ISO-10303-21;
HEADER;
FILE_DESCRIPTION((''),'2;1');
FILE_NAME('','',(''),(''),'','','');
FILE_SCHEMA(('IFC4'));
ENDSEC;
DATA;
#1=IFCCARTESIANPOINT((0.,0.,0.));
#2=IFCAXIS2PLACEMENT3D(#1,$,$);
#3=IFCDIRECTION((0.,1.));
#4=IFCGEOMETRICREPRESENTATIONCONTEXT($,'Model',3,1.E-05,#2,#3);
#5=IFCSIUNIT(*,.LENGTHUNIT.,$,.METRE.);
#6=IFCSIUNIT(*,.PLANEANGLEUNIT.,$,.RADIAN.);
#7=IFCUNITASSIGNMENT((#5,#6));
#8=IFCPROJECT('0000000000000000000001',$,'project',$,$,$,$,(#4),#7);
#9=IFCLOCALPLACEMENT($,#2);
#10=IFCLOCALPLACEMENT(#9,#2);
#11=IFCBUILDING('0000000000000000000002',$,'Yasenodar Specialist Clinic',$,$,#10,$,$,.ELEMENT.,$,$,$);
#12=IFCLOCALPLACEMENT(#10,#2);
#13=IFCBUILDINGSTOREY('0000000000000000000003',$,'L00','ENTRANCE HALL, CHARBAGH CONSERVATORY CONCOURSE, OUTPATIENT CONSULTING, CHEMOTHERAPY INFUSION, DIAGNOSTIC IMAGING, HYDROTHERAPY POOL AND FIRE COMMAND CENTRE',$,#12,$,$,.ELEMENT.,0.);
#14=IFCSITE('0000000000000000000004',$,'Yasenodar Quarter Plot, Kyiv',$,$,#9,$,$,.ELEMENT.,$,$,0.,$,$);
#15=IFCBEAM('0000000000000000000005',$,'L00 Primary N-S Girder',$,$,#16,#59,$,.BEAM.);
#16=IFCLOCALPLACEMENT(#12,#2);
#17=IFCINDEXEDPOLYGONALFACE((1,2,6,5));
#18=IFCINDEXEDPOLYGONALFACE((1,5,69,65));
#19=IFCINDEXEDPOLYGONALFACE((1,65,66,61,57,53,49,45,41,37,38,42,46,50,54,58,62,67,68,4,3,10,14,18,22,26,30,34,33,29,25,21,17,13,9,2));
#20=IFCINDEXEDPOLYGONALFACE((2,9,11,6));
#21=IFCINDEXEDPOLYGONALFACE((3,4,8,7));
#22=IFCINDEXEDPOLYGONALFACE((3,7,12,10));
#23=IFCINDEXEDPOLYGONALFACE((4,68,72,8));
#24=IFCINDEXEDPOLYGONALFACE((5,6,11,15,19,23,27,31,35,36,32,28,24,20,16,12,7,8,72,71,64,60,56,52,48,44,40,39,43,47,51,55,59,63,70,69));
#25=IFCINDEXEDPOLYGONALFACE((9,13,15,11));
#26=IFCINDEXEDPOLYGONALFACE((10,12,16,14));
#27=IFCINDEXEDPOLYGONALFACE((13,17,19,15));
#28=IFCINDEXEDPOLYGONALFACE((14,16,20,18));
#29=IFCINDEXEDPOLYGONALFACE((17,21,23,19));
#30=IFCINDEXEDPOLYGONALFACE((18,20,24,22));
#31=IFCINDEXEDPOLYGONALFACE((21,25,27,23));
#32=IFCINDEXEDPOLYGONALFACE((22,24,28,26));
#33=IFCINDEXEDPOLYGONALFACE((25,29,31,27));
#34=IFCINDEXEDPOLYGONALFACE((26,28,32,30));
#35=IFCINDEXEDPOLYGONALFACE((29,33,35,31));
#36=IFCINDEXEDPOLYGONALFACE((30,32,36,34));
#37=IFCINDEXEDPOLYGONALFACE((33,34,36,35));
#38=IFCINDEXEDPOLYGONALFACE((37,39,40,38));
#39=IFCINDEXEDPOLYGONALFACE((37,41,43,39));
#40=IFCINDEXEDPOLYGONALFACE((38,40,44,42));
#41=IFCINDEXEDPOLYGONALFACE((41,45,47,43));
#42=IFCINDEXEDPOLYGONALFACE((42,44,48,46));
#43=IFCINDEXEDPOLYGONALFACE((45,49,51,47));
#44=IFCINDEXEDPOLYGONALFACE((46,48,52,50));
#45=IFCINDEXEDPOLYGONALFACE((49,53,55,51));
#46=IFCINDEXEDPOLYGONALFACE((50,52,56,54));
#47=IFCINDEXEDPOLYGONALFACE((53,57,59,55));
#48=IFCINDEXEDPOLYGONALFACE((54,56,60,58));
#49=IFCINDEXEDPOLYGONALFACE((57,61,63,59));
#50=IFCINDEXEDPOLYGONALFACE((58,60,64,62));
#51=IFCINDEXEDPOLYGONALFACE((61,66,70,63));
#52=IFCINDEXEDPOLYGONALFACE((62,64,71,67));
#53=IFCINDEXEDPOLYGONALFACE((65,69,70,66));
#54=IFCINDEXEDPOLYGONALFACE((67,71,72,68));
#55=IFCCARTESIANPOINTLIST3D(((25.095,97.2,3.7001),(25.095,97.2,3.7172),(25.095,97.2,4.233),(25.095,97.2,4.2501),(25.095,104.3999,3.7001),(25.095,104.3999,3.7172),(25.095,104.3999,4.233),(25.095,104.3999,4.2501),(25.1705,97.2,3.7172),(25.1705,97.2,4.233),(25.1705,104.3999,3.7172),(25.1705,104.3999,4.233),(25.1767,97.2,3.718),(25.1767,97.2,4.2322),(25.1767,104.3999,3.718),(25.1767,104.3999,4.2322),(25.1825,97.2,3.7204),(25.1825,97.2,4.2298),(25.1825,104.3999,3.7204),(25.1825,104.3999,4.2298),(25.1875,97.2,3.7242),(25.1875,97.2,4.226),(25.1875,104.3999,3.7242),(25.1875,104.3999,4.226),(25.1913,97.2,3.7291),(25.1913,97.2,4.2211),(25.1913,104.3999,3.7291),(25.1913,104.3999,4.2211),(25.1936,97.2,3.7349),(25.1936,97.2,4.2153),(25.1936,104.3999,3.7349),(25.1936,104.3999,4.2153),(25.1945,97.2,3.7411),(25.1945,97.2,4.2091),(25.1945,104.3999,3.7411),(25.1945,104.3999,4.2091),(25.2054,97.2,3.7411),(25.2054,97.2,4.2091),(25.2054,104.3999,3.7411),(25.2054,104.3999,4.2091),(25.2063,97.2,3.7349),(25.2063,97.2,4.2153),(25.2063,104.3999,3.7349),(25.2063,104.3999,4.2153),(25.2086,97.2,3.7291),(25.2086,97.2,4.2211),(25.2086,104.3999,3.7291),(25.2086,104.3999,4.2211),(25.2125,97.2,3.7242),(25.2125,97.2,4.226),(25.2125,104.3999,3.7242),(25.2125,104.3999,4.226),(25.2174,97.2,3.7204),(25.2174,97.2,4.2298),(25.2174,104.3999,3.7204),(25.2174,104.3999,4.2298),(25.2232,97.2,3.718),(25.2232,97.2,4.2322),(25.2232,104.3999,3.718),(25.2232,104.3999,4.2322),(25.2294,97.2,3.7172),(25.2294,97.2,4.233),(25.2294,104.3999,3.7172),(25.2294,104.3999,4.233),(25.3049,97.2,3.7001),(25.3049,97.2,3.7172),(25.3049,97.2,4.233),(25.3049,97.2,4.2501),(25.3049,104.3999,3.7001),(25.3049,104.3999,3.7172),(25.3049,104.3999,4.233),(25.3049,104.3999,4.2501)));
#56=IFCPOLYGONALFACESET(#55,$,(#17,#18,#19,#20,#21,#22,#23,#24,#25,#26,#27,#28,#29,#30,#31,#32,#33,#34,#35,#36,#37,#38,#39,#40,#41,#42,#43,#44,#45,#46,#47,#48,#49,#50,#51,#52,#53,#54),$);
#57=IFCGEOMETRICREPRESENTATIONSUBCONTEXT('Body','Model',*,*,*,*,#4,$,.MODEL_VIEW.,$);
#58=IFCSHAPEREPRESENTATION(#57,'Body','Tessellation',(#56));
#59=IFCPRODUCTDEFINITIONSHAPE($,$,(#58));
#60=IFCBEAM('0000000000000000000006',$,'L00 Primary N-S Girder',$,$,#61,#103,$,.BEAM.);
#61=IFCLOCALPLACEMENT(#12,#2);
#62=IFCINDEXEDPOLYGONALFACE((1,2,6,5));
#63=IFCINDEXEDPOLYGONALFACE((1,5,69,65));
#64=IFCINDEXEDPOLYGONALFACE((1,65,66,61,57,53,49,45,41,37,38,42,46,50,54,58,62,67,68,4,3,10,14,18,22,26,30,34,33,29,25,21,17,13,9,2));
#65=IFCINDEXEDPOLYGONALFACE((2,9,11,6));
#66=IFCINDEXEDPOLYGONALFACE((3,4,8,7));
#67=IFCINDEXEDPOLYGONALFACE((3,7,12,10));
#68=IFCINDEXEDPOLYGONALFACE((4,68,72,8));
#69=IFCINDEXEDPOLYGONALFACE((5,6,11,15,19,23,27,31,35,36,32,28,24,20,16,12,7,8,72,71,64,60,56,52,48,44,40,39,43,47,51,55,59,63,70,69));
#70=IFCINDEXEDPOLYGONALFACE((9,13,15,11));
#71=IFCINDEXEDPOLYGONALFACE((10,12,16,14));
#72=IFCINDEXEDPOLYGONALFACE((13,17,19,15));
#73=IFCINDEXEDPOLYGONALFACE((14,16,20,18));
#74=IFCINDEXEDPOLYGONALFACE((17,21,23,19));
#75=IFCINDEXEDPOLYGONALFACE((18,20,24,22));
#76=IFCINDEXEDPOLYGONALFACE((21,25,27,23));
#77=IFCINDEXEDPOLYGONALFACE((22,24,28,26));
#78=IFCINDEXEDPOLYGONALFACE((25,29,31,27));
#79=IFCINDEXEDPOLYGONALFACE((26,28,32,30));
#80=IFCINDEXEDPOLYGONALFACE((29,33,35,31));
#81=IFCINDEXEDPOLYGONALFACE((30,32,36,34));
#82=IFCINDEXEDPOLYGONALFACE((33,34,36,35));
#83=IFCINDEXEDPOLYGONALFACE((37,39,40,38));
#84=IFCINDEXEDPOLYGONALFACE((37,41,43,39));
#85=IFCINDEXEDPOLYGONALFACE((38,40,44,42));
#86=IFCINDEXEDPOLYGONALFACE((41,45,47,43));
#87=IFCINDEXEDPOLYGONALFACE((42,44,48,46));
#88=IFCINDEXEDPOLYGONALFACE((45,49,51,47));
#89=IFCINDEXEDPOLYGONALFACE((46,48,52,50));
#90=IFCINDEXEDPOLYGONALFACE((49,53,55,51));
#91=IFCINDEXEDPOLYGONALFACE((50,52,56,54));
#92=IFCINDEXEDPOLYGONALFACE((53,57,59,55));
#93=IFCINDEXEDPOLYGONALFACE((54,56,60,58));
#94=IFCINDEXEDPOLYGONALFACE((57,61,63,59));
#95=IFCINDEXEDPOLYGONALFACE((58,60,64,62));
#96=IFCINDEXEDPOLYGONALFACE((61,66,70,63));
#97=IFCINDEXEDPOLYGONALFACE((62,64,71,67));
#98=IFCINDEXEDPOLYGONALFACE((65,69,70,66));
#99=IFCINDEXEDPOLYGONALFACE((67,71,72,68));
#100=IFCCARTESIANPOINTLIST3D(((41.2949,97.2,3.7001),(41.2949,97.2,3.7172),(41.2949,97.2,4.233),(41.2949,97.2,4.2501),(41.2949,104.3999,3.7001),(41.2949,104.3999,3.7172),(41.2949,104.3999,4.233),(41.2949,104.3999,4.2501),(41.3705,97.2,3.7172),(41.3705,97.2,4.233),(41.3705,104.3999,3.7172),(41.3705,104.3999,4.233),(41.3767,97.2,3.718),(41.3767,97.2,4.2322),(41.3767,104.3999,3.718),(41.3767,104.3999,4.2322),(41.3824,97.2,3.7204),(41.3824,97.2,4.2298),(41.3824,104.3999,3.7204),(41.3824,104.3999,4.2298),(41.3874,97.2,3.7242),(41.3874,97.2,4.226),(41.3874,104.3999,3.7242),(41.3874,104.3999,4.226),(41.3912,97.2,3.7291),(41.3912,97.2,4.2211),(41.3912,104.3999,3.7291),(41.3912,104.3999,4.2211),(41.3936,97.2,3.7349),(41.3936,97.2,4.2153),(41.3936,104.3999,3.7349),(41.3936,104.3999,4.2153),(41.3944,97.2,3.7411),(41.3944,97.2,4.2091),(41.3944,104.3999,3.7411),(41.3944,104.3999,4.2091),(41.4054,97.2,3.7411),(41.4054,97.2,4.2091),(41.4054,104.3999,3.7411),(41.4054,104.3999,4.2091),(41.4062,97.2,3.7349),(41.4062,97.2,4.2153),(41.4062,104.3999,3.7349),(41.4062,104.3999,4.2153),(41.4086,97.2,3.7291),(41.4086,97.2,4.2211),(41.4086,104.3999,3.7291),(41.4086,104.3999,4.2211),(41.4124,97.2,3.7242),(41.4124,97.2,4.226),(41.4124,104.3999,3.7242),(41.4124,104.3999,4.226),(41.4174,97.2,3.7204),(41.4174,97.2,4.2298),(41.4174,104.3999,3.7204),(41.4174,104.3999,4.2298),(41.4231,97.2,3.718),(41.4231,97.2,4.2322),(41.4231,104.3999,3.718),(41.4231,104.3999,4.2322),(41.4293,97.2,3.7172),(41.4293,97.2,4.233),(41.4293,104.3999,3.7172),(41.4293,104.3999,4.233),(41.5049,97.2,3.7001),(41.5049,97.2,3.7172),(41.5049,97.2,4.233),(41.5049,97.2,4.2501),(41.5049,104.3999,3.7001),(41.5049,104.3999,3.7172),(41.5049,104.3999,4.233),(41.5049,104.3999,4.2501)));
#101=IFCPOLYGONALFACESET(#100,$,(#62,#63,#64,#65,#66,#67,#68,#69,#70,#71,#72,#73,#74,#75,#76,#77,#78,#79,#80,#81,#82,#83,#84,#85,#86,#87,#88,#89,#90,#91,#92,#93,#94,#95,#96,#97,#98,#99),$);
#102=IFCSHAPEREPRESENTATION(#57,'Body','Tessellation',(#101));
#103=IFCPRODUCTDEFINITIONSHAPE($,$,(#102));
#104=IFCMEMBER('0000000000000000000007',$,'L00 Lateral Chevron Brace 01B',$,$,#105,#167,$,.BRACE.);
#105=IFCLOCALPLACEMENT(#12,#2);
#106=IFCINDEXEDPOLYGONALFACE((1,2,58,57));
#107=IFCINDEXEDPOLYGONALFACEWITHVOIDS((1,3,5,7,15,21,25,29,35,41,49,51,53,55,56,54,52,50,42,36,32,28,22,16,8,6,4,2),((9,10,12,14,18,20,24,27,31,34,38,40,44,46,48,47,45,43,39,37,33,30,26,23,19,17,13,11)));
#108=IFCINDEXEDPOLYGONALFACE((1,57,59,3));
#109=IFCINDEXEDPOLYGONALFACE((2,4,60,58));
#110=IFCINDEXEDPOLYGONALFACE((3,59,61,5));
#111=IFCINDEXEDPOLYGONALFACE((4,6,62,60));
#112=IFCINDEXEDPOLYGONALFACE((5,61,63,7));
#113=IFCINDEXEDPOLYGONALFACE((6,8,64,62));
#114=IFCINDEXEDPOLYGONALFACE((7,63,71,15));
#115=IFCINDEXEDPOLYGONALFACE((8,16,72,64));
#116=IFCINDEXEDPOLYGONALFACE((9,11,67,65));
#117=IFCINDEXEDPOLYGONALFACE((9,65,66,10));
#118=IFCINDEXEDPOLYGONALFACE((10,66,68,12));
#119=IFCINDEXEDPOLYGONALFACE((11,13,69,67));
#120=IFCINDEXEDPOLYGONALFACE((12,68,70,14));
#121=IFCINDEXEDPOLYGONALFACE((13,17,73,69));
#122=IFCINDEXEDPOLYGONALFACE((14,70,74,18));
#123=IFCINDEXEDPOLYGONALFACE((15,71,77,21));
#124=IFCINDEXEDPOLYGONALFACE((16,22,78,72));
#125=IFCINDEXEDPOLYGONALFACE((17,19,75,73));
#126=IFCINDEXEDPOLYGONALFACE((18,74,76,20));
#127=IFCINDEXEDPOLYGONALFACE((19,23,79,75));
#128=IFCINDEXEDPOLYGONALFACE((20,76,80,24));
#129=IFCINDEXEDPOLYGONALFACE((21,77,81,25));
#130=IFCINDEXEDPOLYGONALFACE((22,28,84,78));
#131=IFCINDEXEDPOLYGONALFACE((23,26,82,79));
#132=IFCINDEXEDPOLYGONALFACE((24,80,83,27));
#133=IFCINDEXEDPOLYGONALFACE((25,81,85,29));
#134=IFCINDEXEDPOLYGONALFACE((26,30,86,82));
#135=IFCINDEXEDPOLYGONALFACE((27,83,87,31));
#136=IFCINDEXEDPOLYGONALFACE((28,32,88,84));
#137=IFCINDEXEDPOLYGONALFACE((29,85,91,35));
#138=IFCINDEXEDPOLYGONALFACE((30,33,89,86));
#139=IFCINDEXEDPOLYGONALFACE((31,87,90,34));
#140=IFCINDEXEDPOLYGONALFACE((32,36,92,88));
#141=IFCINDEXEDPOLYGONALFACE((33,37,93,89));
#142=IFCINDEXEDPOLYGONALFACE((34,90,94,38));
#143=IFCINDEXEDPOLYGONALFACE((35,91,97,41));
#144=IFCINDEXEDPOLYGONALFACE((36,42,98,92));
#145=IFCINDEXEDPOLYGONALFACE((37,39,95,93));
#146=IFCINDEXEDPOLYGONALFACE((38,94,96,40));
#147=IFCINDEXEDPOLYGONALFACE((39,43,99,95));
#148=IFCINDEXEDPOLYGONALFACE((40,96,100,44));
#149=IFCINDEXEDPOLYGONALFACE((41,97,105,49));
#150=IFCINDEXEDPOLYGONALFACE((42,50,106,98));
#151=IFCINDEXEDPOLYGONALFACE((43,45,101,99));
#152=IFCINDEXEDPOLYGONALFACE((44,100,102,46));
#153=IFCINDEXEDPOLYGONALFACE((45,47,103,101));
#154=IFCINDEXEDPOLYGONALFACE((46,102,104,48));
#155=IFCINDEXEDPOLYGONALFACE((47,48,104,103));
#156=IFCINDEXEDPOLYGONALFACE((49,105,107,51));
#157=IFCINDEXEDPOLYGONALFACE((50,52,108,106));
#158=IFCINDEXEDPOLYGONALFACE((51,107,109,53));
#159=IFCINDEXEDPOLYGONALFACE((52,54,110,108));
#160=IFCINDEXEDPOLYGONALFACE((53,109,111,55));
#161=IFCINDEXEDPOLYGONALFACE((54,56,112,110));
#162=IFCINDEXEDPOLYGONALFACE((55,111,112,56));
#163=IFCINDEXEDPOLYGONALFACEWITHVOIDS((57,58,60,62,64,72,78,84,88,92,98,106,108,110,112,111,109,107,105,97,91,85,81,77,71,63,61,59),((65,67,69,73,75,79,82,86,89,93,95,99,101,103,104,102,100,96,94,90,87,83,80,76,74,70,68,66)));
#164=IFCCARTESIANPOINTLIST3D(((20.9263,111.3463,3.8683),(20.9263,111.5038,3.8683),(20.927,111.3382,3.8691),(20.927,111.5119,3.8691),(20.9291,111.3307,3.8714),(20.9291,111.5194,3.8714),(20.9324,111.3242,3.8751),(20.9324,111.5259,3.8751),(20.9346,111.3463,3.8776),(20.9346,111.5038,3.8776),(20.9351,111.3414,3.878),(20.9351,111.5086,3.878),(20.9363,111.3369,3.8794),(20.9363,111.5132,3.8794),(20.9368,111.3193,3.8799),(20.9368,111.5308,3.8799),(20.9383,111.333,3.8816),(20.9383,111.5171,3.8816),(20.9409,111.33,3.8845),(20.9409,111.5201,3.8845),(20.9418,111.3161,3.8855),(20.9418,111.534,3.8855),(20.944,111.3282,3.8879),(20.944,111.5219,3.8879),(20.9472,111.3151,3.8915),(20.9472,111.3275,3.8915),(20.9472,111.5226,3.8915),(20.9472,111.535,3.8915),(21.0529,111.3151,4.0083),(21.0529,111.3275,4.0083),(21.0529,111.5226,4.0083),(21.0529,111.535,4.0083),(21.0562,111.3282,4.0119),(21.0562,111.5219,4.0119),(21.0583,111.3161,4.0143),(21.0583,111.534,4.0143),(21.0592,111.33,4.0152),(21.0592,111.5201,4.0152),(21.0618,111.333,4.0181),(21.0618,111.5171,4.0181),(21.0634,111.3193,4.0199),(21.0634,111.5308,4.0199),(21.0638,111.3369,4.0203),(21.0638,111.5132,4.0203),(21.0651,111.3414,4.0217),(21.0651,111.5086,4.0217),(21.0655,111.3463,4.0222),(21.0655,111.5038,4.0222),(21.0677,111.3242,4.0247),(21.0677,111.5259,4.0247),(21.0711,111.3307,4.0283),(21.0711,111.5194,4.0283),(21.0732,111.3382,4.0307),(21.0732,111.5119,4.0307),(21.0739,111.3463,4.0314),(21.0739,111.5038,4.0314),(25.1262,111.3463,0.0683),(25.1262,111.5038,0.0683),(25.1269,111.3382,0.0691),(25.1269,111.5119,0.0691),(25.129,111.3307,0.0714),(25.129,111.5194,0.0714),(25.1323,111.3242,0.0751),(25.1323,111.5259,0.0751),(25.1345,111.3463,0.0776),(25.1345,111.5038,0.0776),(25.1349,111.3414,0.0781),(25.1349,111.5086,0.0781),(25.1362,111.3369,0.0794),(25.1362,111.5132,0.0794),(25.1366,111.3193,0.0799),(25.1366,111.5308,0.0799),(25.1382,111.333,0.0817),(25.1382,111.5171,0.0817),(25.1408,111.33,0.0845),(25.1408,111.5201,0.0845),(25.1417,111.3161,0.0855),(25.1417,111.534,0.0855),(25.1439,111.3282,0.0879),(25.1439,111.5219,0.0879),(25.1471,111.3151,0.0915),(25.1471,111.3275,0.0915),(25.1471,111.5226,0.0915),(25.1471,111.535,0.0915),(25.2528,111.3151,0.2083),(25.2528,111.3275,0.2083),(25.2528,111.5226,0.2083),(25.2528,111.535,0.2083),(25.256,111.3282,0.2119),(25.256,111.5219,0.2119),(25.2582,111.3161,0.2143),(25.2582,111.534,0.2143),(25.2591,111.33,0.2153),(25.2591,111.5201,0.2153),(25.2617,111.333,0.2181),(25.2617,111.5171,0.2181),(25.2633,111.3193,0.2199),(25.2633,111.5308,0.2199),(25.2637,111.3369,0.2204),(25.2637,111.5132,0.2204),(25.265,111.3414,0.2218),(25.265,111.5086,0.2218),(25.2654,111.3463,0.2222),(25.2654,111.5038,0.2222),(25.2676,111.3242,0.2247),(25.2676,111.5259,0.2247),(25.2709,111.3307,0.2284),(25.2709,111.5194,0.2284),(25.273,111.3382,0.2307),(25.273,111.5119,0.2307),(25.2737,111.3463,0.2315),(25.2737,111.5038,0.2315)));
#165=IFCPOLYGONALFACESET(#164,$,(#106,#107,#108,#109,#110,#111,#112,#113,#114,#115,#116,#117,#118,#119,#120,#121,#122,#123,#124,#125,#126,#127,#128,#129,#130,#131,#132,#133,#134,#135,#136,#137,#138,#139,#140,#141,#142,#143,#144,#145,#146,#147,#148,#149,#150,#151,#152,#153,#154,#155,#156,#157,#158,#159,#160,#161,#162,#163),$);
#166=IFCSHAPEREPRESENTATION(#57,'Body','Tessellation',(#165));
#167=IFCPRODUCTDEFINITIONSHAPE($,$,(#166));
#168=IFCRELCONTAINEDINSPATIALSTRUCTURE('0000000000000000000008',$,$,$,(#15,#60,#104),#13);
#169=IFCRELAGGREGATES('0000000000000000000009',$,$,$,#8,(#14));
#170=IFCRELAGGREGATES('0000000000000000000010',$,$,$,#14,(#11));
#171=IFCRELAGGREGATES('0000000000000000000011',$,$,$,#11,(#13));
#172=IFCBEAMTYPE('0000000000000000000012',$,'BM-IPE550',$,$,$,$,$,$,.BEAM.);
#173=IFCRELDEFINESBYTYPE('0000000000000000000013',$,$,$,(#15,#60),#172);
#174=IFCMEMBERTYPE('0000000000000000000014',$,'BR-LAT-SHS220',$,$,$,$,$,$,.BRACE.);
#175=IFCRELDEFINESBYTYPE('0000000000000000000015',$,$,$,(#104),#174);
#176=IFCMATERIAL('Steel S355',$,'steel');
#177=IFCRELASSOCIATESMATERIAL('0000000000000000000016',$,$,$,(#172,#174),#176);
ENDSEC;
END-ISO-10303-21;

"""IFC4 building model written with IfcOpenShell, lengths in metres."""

from ifc_helpers import new_model, si_unit, direction, frame, origin, origin_2d, place, context, subcontext, project, spatial, hollow_rectangle, i_section, extrude, material, material_profile, profile_set, type_object, element, save


model = new_model("IFC4")

# Units and contexts
model_context = context("Model", 3, precision=1e-05, world=origin(), true_north=direction((0.0, 1.0)))
body_context = subcontext(model_context, "Body", "Model", "MODEL_VIEW")
ifc_project = project(units=[si_unit("LENGTHUNIT", "METRE"), si_unit("PLANEANGLEUNIT", "RADIAN")], contexts=[model_context])

# Site, building, storey
site_placement = place(None, origin())
site = spatial("IfcSite", under=ifc_project, at=site_placement, Name="Yasenodar Quarter Plot, Kyiv", CompositionType="ELEMENT", RefElevation=0.0)
building_placement = place(site_placement, origin())
building = spatial("IfcBuilding", under=site, at=building_placement, Name="Yasenodar Specialist Clinic", CompositionType="ELEMENT")
storey_placement = place(building_placement, origin())
storey = spatial("IfcBuildingStorey", under=building, at=storey_placement, Name="L00", Description="ENTRANCE HALL, CHARBAGH CONSERVATORY CONCOURSE, OUTPATIENT CONSULTING, CHEMOTHERAPY INFUSION, DIAGNOSTIC IMAGING, HYDROTHERAPY POOL AND FIRE COMMAND CENTRE", CompositionType="ELEMENT", Elevation=0.0)

# Shared definitions
ifc_material_1 = material(Name="Steel S355", Category="steel")

# Beams
ifc_material_profile_1 = material_profile(ifc_material_1, i_section(OverallWidth=0.21, OverallDepth=0.55, WebThickness=0.011, FlangeThickness=0.0171, FilletRadius=0.0239, at=origin_2d()), Name="IPE 550")
ifc_profile_set_1 = profile_set([ifc_material_profile_1], Name="Steel S355")
beam_type_1 = type_object("IfcBeamType", Name="BM-IPE550", PredefinedType="BEAM", material=ifc_profile_set_1)
for number, where, z_axis, x_axis, name in (
    (1, (25.2, 97.2, 3.9751), (0.0, 1.0, 0.0), (-1.0, 0.0, 0.0), "L00 Primary N-S Girder"),
    (2, (41.3999, 97.2, 3.9751), (0.0, 1.0, 0.0), (-1.0, 0.0, 0.0), "L00 Primary N-S Girder"),
):
    element("IfcBeam", number, at=place(storey_placement, frame(where, z_axis=z_axis, x_axis=x_axis)), inside=storey, type_object=beam_type_1, Name=name, PredefinedType="BEAM", context=body_context, shape_type="SweptSolid", body=[
        extrude(i_section(OverallWidth=0.21, OverallDepth=0.55, WebThickness=0.011, FlangeThickness=0.0171, FilletRadius=0.0239, at=origin_2d()), origin(), (0.0, 0.0, 1.0), 7.2),
    ])

# Member
ifc_material_profile_2 = material_profile(ifc_material_1, hollow_rectangle(XDim=0.22, YDim=0.22, WallThickness=0.0125, InnerFilletRadius=0.0188, OuterFilletRadius=0.0312, at=origin_2d()), Name="SHS 220x220x12.5")
ifc_profile_set_2 = profile_set([ifc_material_profile_2], Name="Steel S355")
member_type = type_object("IfcMemberType", Name="BR-LAT-SHS220", PredefinedType="BRACE", material=ifc_profile_set_2)
member_placement = place(storey_placement, frame((25.2, 111.425, 0.1499), z_axis=(-0.741528, 0.0, 0.670922), x_axis=(0.0, -1.0, 0.0)))
element("IfcMember", 3, at=member_placement, inside=storey, type_object=member_type, Name="L00 Lateral Chevron Brace 01B", PredefinedType="BRACE", context=body_context, shape_type="SweptSolid", body=[
    extrude(hollow_rectangle(XDim=0.22, YDim=0.22, WallThickness=0.0125, InnerFilletRadius=0.0188, OuterFilletRadius=0.0312, at=origin_2d()), origin(), (0.0, 0.0, 1.0), 5.6638),
])

save(model, "model.ifc")
